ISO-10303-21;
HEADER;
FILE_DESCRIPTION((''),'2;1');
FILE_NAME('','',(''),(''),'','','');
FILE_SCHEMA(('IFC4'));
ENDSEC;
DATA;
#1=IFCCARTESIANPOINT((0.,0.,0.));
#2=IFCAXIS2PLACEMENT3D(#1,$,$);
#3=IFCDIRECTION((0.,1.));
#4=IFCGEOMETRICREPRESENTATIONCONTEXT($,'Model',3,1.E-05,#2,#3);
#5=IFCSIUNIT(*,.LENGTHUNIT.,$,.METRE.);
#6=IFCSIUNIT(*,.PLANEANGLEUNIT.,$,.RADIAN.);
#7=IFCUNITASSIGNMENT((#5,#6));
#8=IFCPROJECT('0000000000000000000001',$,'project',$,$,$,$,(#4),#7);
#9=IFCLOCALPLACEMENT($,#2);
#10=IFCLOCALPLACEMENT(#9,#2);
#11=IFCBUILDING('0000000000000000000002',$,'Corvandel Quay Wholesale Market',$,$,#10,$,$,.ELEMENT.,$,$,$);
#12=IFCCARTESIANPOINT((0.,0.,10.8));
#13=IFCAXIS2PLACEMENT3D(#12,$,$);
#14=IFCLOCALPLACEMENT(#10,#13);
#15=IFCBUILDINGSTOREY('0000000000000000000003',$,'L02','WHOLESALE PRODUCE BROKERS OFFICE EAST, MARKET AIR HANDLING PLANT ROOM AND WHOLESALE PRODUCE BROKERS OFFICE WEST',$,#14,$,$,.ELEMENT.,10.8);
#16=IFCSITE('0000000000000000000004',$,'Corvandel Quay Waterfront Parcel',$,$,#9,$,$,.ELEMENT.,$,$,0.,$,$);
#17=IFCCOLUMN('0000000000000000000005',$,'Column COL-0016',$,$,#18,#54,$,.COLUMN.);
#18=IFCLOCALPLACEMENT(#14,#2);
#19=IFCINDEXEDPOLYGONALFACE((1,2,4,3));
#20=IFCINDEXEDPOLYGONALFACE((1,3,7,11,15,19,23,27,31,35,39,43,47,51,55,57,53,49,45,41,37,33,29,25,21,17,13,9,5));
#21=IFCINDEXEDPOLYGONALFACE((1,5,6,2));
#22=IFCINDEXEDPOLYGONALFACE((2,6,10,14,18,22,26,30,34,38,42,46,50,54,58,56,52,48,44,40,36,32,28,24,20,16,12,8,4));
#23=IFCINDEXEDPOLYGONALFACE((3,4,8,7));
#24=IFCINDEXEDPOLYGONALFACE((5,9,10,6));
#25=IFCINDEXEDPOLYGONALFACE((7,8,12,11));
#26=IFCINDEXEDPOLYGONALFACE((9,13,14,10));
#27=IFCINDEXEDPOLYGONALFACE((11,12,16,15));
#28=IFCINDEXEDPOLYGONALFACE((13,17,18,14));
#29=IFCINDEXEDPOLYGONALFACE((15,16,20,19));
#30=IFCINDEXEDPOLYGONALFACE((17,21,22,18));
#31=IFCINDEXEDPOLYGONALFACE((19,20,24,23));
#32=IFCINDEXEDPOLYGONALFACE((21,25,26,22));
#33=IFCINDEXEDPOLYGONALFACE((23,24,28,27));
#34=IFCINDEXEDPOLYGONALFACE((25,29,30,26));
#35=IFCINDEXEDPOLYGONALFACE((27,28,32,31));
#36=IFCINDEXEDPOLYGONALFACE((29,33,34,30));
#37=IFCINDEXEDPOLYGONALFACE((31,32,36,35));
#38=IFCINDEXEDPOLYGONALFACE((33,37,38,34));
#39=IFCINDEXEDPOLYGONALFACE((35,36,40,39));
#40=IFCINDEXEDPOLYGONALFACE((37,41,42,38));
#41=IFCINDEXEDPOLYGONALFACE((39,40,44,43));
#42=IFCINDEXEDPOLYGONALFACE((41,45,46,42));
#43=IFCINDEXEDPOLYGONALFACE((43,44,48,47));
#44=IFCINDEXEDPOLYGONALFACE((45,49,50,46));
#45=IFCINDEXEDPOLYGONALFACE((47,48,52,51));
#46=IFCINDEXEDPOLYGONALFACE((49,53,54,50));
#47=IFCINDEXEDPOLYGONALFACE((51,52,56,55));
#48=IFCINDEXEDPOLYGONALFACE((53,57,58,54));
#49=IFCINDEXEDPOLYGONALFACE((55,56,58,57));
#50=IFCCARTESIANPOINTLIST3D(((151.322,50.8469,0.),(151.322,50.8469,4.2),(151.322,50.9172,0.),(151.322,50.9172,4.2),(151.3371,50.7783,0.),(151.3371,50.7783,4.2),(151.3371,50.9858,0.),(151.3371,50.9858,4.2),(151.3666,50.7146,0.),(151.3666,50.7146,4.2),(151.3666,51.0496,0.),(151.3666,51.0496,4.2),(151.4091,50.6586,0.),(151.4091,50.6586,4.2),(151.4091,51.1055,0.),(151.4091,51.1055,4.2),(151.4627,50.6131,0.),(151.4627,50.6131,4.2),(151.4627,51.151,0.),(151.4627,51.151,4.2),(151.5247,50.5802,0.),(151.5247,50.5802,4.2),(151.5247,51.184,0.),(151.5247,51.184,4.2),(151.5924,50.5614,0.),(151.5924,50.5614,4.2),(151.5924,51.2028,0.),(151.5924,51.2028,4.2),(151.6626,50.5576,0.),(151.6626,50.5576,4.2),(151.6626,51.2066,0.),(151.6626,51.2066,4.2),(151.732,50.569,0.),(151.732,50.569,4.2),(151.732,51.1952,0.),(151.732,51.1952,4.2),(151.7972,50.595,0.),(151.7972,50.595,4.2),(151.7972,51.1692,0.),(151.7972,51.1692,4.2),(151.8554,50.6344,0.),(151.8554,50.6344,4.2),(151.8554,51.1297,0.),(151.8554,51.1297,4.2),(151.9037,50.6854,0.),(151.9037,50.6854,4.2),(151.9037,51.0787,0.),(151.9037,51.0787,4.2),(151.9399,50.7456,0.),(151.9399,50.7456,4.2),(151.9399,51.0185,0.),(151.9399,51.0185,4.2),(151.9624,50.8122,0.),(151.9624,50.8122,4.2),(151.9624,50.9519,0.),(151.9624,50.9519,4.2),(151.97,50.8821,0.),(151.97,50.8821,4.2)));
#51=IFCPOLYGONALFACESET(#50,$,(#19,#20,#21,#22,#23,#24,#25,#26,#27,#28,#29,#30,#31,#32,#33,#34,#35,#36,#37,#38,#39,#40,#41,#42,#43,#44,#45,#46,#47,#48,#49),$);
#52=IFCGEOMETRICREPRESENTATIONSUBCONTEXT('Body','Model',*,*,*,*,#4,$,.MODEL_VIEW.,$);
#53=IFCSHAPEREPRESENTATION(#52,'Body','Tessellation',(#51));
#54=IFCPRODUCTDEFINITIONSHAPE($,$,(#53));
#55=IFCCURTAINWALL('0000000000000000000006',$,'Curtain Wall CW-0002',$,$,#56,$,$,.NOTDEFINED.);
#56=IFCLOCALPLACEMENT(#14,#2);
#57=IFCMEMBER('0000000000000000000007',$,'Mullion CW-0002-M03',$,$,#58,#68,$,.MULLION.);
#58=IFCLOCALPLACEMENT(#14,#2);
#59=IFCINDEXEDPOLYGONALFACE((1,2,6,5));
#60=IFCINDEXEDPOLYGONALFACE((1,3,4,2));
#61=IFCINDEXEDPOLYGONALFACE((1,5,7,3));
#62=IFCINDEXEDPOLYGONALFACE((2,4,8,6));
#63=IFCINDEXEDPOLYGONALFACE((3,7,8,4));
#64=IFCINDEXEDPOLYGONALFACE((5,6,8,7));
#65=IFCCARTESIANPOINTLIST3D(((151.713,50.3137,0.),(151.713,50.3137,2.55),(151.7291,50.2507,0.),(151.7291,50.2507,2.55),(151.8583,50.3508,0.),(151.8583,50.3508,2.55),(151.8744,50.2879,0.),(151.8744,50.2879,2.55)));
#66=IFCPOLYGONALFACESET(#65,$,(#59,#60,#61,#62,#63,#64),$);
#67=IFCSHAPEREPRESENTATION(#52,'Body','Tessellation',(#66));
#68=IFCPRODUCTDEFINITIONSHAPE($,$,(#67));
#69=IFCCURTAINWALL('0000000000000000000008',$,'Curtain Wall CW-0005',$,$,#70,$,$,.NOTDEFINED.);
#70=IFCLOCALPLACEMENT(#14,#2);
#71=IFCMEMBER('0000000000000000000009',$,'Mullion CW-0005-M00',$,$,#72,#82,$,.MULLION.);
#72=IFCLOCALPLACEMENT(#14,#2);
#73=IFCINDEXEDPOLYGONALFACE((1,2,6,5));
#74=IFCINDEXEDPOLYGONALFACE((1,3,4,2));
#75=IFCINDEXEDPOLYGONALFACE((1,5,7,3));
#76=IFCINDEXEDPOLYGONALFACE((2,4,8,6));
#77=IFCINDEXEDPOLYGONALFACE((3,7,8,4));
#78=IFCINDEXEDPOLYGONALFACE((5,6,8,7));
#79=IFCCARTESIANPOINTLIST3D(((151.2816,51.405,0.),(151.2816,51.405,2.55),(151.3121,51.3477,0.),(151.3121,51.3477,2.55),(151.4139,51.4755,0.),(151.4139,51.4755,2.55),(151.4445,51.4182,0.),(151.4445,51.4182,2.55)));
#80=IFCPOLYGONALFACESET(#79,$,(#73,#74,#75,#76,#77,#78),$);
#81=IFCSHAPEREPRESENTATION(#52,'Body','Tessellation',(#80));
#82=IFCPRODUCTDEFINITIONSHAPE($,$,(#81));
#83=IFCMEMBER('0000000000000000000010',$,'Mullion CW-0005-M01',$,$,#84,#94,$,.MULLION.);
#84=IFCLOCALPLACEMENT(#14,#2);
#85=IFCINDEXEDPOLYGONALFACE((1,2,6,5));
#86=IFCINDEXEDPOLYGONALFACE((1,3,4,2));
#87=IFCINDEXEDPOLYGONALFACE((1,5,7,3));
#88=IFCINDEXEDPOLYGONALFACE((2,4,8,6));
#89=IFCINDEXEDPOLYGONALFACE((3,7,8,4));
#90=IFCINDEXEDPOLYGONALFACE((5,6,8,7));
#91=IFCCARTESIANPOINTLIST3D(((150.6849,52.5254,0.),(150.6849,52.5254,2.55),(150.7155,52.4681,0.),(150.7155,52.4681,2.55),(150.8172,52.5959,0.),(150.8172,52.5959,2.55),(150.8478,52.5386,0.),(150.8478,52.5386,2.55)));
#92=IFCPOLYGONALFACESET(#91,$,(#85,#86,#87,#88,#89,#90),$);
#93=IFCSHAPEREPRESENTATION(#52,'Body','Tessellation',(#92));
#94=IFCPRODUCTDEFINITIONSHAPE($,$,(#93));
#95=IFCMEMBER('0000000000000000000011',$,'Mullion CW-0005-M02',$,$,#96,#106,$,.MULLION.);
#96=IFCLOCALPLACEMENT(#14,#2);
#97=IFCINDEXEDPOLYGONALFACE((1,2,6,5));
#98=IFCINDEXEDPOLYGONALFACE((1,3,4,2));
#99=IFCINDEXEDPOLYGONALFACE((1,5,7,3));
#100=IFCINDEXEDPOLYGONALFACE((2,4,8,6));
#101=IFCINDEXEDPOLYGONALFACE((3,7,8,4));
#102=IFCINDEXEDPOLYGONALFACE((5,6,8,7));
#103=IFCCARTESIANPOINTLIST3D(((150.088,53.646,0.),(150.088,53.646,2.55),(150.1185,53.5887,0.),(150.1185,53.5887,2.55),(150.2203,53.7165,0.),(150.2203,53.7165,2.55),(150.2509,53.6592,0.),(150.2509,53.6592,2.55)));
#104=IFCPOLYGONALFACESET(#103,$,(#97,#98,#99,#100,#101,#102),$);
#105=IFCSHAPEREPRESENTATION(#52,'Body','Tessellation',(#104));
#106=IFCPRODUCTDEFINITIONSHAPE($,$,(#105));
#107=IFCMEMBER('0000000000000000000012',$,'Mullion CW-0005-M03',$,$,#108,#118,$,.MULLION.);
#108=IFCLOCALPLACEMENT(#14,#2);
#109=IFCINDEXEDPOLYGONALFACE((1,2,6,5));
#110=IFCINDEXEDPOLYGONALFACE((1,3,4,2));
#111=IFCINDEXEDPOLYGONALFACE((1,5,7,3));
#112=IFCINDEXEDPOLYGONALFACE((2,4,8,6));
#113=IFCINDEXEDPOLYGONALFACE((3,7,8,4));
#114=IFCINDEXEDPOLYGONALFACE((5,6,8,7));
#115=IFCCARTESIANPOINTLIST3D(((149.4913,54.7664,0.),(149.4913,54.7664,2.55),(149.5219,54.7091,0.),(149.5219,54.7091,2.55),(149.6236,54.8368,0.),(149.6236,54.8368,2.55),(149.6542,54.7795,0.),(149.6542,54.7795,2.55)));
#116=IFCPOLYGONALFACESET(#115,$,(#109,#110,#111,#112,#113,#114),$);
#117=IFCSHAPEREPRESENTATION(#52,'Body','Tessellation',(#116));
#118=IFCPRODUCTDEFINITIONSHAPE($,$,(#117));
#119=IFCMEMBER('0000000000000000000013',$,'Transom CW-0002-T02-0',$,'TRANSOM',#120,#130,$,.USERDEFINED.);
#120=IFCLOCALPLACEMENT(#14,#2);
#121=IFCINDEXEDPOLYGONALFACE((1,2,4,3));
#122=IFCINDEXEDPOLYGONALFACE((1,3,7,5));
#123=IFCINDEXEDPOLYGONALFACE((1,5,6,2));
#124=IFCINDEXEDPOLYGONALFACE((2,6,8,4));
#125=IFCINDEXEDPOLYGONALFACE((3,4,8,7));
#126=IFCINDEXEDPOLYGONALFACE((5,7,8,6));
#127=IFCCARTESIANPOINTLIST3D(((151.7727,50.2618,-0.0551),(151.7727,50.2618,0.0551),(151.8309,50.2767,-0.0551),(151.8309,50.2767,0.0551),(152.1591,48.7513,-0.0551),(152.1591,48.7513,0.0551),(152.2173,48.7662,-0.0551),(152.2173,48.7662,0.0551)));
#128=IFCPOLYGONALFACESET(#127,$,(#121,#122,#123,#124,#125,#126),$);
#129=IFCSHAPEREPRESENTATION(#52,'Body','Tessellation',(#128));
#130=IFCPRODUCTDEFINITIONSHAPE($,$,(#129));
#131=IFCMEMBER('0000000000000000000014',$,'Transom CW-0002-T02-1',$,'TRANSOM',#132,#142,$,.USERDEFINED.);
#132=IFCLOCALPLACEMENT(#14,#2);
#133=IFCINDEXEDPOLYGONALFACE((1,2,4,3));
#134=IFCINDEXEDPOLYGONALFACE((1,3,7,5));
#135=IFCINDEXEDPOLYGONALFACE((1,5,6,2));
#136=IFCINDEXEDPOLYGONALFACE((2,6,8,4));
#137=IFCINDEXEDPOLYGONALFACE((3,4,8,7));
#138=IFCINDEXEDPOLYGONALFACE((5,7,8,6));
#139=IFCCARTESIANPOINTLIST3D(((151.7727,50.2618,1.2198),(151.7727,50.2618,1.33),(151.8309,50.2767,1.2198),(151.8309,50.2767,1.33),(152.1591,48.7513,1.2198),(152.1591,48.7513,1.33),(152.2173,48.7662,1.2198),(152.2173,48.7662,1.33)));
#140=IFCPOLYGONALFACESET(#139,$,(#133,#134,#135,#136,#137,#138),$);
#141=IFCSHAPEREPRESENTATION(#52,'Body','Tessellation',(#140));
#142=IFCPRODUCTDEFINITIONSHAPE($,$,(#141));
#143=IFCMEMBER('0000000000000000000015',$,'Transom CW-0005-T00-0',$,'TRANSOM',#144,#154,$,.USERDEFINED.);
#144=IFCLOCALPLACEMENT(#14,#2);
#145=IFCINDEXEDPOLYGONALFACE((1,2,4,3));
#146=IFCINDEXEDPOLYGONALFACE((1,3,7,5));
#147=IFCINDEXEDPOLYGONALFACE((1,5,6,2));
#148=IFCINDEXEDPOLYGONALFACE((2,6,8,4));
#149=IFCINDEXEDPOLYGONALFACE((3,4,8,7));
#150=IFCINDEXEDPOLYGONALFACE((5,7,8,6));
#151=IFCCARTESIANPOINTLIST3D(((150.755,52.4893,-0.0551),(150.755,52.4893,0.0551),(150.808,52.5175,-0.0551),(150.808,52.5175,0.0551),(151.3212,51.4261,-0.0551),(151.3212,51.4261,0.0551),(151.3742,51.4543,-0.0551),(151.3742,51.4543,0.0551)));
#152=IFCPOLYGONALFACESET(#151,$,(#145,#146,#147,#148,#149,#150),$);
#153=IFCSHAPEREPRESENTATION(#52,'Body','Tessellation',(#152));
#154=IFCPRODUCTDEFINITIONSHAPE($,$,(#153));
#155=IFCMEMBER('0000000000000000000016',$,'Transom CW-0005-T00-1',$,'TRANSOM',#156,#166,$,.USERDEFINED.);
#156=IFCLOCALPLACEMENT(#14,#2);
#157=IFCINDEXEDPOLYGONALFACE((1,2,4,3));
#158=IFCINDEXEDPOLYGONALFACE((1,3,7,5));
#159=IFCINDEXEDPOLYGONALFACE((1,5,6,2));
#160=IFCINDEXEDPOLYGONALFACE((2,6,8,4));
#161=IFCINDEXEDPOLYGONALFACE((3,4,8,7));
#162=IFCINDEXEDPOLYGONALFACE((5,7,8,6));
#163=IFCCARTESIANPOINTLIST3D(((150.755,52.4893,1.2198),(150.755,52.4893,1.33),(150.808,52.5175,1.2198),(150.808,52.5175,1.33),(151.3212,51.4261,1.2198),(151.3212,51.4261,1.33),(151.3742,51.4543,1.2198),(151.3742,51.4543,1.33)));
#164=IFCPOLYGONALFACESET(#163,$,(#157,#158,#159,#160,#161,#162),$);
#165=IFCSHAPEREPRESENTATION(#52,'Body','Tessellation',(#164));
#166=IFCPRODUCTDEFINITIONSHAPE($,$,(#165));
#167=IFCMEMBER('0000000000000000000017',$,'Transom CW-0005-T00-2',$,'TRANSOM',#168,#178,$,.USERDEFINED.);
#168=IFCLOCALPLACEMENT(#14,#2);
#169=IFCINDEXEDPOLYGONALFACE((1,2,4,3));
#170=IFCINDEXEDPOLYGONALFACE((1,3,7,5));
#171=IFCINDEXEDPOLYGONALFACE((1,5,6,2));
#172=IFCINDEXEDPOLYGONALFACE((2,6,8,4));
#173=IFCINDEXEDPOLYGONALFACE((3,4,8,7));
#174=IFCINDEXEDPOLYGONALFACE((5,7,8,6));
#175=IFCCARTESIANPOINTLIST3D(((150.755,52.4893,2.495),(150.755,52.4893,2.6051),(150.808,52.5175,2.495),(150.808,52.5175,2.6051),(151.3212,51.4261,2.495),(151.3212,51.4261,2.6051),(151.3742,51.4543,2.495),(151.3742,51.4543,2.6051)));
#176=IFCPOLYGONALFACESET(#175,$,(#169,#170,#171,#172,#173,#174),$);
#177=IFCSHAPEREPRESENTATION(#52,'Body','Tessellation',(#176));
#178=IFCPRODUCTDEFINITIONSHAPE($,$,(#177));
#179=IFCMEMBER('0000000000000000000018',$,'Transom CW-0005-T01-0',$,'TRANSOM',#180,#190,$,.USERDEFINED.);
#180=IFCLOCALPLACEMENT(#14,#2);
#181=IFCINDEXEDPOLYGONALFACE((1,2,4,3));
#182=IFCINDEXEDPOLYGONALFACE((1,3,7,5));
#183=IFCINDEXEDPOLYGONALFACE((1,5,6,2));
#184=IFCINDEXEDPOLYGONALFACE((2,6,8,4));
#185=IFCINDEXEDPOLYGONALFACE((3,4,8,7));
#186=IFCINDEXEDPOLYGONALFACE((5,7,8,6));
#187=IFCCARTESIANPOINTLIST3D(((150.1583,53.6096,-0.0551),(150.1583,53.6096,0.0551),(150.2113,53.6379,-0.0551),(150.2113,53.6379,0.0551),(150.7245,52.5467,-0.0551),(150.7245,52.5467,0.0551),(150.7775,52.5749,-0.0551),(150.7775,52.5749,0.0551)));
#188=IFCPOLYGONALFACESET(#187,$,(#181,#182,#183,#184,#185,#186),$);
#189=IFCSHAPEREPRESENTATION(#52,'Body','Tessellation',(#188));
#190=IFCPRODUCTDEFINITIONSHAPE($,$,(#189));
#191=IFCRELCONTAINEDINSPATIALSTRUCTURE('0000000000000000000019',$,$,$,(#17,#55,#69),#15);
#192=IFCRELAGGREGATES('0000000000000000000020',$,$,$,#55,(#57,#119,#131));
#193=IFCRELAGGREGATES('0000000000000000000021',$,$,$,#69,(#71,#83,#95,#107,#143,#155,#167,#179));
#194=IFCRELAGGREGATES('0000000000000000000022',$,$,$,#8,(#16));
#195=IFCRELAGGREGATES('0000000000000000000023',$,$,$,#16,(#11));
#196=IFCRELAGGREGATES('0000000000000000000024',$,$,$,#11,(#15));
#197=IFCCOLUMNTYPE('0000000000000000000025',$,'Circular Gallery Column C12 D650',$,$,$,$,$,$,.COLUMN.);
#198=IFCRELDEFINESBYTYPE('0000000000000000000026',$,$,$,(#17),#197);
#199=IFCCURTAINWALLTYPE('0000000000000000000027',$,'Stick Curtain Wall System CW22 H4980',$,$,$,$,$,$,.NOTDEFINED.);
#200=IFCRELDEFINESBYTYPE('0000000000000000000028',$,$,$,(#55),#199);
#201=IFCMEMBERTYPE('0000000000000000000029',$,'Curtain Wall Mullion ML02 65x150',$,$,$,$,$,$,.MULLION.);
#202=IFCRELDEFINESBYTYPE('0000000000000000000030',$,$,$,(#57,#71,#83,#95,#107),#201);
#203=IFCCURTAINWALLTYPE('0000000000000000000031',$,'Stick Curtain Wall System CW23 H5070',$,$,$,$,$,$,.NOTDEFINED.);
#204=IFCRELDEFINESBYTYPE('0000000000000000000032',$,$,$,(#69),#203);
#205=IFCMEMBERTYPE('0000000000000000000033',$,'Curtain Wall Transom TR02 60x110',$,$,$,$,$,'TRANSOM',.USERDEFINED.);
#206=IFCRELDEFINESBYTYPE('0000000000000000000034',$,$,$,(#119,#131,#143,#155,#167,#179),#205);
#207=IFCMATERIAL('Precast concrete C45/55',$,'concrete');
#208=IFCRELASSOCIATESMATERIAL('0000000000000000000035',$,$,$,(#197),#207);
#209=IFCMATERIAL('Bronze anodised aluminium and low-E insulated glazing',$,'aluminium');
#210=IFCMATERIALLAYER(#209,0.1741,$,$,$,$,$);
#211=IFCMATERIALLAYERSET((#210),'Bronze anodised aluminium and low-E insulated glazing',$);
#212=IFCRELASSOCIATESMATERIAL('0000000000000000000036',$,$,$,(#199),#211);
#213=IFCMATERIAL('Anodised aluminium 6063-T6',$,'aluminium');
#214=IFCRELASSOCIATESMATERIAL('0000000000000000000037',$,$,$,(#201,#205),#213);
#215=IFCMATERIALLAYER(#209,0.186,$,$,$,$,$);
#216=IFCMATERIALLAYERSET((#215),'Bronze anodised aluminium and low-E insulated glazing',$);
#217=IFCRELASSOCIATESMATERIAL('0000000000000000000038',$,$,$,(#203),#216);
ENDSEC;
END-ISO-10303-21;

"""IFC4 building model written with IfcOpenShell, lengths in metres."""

from ifc_helpers import new_model, si_unit, direction, frame, origin, origin_2d, place, context, subcontext, project, spatial, rectangle, circle, extrude, material, layer, layer_set, material_profile, profile_set, type_object, element, aggregate, save


model = new_model("IFC4")

# Units and contexts
model_context = context("Model", 3, precision=1e-05, world=origin(), true_north=direction((0.0, 1.0)))
body_context = subcontext(model_context, "Body", "Model", "MODEL_VIEW")
ifc_project = project(units=[si_unit("LENGTHUNIT", "METRE"), si_unit("PLANEANGLEUNIT", "RADIAN")], contexts=[model_context])

# Site, building, storey
site_placement = place(None, origin())
site = spatial("IfcSite", under=ifc_project, at=site_placement, Name="Corvandel Quay Waterfront Parcel", CompositionType="ELEMENT", RefElevation=0.0)
building_placement = place(site_placement, origin())
building = spatial("IfcBuilding", under=site, at=building_placement, Name="Corvandel Quay Wholesale Market", CompositionType="ELEMENT")
storey_placement = place(building_placement, frame((0.0, 0.0, 10.8)))
storey = spatial("IfcBuildingStorey", under=building, at=storey_placement, Name="L02", Description="WHOLESALE PRODUCE BROKERS OFFICE EAST, MARKET AIR HANDLING PLANT ROOM AND WHOLESALE PRODUCE BROKERS OFFICE WEST", CompositionType="ELEMENT", Elevation=10.8)

# Column
ifc_material_1 = material(Name="Precast concrete C45/55", Category="concrete")
ifc_material_profile_1 = material_profile(ifc_material_1, circle(Radius=0.325, at=origin_2d()), Name="PC-COL-D650")
ifc_profile_set_1 = profile_set([ifc_material_profile_1], Name="Precast concrete C45/55")
column_type = type_object("IfcColumnType", Name="Circular Gallery Column C12 D650", PredefinedType="COLUMN", material=ifc_profile_set_1)
column_placement = place(storey_placement, frame((151.645, 50.8821, 0.0), z_axis=(0.0, 0.0, 1.0), x_axis=(1.0, 0.0, 0.0)))
element("IfcColumn", 1, at=column_placement, inside=storey, type_object=column_type, Name="Column COL-0016", PredefinedType="COLUMN", context=body_context, shape_type="SweptSolid", body=[
    extrude(circle(Radius=0.325, at=origin_2d()), origin(), (0.0, 0.0, 1.0), 4.2),
])

# Curtain wall, member
ifc_material_2 = material(Name="Bronze anodised aluminium and low-E insulated glazing", Category="aluminium")
ifc_layer_1 = layer(ifc_material_2, 0.1741)
ifc_layer_set_1 = layer_set([ifc_layer_1], Name="Bronze anodised aluminium and low-E insulated glazing")
curtain_wall_type_1 = type_object("IfcCurtainWallType", Name="Stick Curtain Wall System CW22 H4980", PredefinedType="NOTDEFINED", material=ifc_layer_set_1)
curtain_wall_1_placement = place(storey_placement, origin())
curtain_wall_1 = element("IfcCurtainWall", 2, at=curtain_wall_1_placement, inside=storey, type_object=curtain_wall_type_1, Name="Curtain Wall CW-0002", PredefinedType="NOTDEFINED")
ifc_material_3 = material(Name="Anodised aluminium 6063-T6", Category="aluminium")
ifc_material_profile_2 = material_profile(ifc_material_3, rectangle(XDim=0.0649, YDim=0.1499, at=origin_2d()), Name="ALU-MUL-65x150")
ifc_profile_set_2 = profile_set([ifc_material_profile_2], Name="Anodised aluminium 6063-T6")
member_type_1 = type_object("IfcMemberType", Name="Curtain Wall Mullion ML02 65x150", PredefinedType="MULLION", material=ifc_profile_set_2)
member_1_placement = place(storey_placement, frame((151.7937, 50.3008, 0.0), z_axis=(0.0, 0.0, 1.0), x_axis=(-0.247845, 0.9688, 0.0)))
member_1 = element("IfcMember", 3, at=member_1_placement, type_object=member_type_1, Name="Mullion CW-0002-M03", PredefinedType="MULLION", context=body_context, shape_type="SweptSolid", body=[
    extrude(rectangle(XDim=0.0649, YDim=0.1499, at=origin_2d()), origin(), (0.0, 0.0, 1.0), 2.55),
])

# Curtain wall, members
ifc_layer_2 = layer(ifc_material_2, 0.186)
ifc_layer_set_2 = layer_set([ifc_layer_2], Name="Bronze anodised aluminium and low-E insulated glazing")
curtain_wall_type_2 = type_object("IfcCurtainWallType", Name="Stick Curtain Wall System CW23 H5070", PredefinedType="NOTDEFINED", material=ifc_layer_set_2)
curtain_wall_2_placement = place(storey_placement, origin())
curtain_wall_2 = element("IfcCurtainWall", 4, at=curtain_wall_2_placement, inside=storey, type_object=curtain_wall_type_2, Name="Curtain Wall CW-0005", PredefinedType="NOTDEFINED")
member_2_placement = place(storey_placement, frame((151.363, 51.4116, 0.0), z_axis=(0.0, 0.0, 1.0), x_axis=(-0.470088, 0.88262, 0.0)))
member_2 = element("IfcMember", 5, at=member_2_placement, type_object=member_type_1, Name="Mullion CW-0005-M00", PredefinedType="MULLION", context=body_context, shape_type="SweptSolid", body=[
    extrude(rectangle(XDim=0.0649, YDim=0.1499, at=origin_2d()), origin(), (0.0, 0.0, 1.0), 2.55),
])
member_3_placement = place(storey_placement, frame((150.7664, 52.532, 0.0), z_axis=(0.0, 0.0, 1.0), x_axis=(-0.470088, 0.88262, 0.0)))
member_3 = element("IfcMember", 6, at=member_3_placement, type_object=member_type_1, Name="Mullion CW-0005-M01", PredefinedType="MULLION", context=body_context, shape_type="SweptSolid", body=[
    extrude(rectangle(XDim=0.0649, YDim=0.1499, at=origin_2d()), origin(), (0.0, 0.0, 1.0), 2.55),
])
member_4_placement = place(storey_placement, frame((150.1694, 53.6526, 0.0), z_axis=(0.0, 0.0, 1.0), x_axis=(-0.470088, 0.88262, 0.0)))
member_4 = element("IfcMember", 7, at=member_4_placement, type_object=member_type_1, Name="Mullion CW-0005-M02", PredefinedType="MULLION", context=body_context, shape_type="SweptSolid", body=[
    extrude(rectangle(XDim=0.0649, YDim=0.1499, at=origin_2d()), origin(), (0.0, 0.0, 1.0), 2.55),
])
member_5_placement = place(storey_placement, frame((149.5728, 54.7729, 0.0), z_axis=(0.0, 0.0, 1.0), x_axis=(-0.470088, 0.88262, 0.0)))
member_5 = element("IfcMember", 8, at=member_5_placement, type_object=member_type_1, Name="Mullion CW-0005-M03", PredefinedType="MULLION", context=body_context, shape_type="SweptSolid", body=[
    extrude(rectangle(XDim=0.0649, YDim=0.1499, at=origin_2d()), origin(), (0.0, 0.0, 1.0), 2.55),
])

# Members
ifc_material_profile_3 = material_profile(ifc_material_3, rectangle(XDim=0.0601, YDim=0.1101, at=origin_2d()), Name="ALU-TRN-60x110")
ifc_profile_set_3 = profile_set([ifc_material_profile_3], Name="Anodised aluminium 6063-T6")
member_type_2 = type_object("IfcMemberType", Name="Curtain Wall Transom TR02 60x110", ElementType="TRANSOM", PredefinedType="USERDEFINED", material=ifc_profile_set_3)
member_6_placement = place(storey_placement, frame((152.1882, 48.7588, 0.0), z_axis=(-0.247874, 0.968792, 0.0), x_axis=(-0.968792, -0.247874, 0.0)))
member_6 = element("IfcMember", 9, at=member_6_placement, type_object=member_type_2, Name="Transom CW-0002-T02-0", ObjectType="TRANSOM", PredefinedType="USERDEFINED", context=body_context, shape_type="SweptSolid", body=[
    extrude(rectangle(XDim=0.0601, YDim=0.1101, at=origin_2d()), origin(), (0.0, 0.0, 1.0), 1.5591),
])
member_7_placement = place(storey_placement, frame((152.1882, 48.7588, 1.2749), z_axis=(-0.247874, 0.968792, 0.0), x_axis=(-0.968792, -0.247874, 0.0)))
member_7 = element("IfcMember", 10, at=member_7_placement, type_object=member_type_2, Name="Transom CW-0002-T02-1", ObjectType="TRANSOM", PredefinedType="USERDEFINED", context=body_context, shape_type="SweptSolid", body=[
    extrude(rectangle(XDim=0.0601, YDim=0.1101, at=origin_2d()), origin(), (0.0, 0.0, 1.0), 1.5591),
])
member_8_placement = place(storey_placement, frame((151.3477, 51.4402, 0.0), z_axis=(-0.47001, 0.882661, 0.0), x_axis=(-0.882661, -0.47001, 0.0)))
member_8 = element("IfcMember", 11, at=member_8_placement, type_object=member_type_2, Name="Transom CW-0005-T00-0", ObjectType="TRANSOM", PredefinedType="USERDEFINED", context=body_context, shape_type="SweptSolid", body=[
    extrude(rectangle(XDim=0.0601, YDim=0.1101, at=origin_2d()), origin(), (0.0, 0.0, 1.0), 1.2046),
])
member_9_placement = place(storey_placement, frame((151.3477, 51.4402, 1.2749), z_axis=(-0.47001, 0.882661, 0.0), x_axis=(-0.882661, -0.47001, 0.0)))
member_9 = element("IfcMember", 12, at=member_9_placement, type_object=member_type_2, Name="Transom CW-0005-T00-1", ObjectType="TRANSOM", PredefinedType="USERDEFINED", context=body_context, shape_type="SweptSolid", body=[
    extrude(rectangle(XDim=0.0601, YDim=0.1101, at=origin_2d()), origin(), (0.0, 0.0, 1.0), 1.2046),
])
member_10_placement = place(storey_placement, frame((151.3477, 51.4402, 2.55), z_axis=(-0.47001, 0.882661, 0.0), x_axis=(-0.882661, -0.47001, 0.0)))
member_10 = element("IfcMember", 13, at=member_10_placement, type_object=member_type_2, Name="Transom CW-0005-T00-2", ObjectType="TRANSOM", PredefinedType="USERDEFINED", context=body_context, shape_type="SweptSolid", body=[
    extrude(rectangle(XDim=0.0601, YDim=0.1101, at=origin_2d()), origin(), (0.0, 0.0, 1.0), 1.2046),
])
member_11_placement = place(storey_placement, frame((150.751, 52.5608, 0.0), z_axis=(-0.470094, 0.882617, 0.0), x_axis=(-0.882617, -0.470094, 0.0)))
member_11 = element("IfcMember", 14, at=member_11_placement, type_object=member_type_2, Name="Transom CW-0005-T01-0", ObjectType="TRANSOM", PredefinedType="USERDEFINED", context=body_context, shape_type="SweptSolid", body=[
    extrude(rectangle(XDim=0.0601, YDim=0.1101, at=origin_2d()), origin(), (0.0, 0.0, 1.0), 1.2043),
])

aggregate(curtain_wall_1, [member_1, member_6, member_7])
aggregate(curtain_wall_2, [member_2, member_3, member_4, member_5, member_8, member_9, member_10, member_11])

save(model, "model.ifc")
